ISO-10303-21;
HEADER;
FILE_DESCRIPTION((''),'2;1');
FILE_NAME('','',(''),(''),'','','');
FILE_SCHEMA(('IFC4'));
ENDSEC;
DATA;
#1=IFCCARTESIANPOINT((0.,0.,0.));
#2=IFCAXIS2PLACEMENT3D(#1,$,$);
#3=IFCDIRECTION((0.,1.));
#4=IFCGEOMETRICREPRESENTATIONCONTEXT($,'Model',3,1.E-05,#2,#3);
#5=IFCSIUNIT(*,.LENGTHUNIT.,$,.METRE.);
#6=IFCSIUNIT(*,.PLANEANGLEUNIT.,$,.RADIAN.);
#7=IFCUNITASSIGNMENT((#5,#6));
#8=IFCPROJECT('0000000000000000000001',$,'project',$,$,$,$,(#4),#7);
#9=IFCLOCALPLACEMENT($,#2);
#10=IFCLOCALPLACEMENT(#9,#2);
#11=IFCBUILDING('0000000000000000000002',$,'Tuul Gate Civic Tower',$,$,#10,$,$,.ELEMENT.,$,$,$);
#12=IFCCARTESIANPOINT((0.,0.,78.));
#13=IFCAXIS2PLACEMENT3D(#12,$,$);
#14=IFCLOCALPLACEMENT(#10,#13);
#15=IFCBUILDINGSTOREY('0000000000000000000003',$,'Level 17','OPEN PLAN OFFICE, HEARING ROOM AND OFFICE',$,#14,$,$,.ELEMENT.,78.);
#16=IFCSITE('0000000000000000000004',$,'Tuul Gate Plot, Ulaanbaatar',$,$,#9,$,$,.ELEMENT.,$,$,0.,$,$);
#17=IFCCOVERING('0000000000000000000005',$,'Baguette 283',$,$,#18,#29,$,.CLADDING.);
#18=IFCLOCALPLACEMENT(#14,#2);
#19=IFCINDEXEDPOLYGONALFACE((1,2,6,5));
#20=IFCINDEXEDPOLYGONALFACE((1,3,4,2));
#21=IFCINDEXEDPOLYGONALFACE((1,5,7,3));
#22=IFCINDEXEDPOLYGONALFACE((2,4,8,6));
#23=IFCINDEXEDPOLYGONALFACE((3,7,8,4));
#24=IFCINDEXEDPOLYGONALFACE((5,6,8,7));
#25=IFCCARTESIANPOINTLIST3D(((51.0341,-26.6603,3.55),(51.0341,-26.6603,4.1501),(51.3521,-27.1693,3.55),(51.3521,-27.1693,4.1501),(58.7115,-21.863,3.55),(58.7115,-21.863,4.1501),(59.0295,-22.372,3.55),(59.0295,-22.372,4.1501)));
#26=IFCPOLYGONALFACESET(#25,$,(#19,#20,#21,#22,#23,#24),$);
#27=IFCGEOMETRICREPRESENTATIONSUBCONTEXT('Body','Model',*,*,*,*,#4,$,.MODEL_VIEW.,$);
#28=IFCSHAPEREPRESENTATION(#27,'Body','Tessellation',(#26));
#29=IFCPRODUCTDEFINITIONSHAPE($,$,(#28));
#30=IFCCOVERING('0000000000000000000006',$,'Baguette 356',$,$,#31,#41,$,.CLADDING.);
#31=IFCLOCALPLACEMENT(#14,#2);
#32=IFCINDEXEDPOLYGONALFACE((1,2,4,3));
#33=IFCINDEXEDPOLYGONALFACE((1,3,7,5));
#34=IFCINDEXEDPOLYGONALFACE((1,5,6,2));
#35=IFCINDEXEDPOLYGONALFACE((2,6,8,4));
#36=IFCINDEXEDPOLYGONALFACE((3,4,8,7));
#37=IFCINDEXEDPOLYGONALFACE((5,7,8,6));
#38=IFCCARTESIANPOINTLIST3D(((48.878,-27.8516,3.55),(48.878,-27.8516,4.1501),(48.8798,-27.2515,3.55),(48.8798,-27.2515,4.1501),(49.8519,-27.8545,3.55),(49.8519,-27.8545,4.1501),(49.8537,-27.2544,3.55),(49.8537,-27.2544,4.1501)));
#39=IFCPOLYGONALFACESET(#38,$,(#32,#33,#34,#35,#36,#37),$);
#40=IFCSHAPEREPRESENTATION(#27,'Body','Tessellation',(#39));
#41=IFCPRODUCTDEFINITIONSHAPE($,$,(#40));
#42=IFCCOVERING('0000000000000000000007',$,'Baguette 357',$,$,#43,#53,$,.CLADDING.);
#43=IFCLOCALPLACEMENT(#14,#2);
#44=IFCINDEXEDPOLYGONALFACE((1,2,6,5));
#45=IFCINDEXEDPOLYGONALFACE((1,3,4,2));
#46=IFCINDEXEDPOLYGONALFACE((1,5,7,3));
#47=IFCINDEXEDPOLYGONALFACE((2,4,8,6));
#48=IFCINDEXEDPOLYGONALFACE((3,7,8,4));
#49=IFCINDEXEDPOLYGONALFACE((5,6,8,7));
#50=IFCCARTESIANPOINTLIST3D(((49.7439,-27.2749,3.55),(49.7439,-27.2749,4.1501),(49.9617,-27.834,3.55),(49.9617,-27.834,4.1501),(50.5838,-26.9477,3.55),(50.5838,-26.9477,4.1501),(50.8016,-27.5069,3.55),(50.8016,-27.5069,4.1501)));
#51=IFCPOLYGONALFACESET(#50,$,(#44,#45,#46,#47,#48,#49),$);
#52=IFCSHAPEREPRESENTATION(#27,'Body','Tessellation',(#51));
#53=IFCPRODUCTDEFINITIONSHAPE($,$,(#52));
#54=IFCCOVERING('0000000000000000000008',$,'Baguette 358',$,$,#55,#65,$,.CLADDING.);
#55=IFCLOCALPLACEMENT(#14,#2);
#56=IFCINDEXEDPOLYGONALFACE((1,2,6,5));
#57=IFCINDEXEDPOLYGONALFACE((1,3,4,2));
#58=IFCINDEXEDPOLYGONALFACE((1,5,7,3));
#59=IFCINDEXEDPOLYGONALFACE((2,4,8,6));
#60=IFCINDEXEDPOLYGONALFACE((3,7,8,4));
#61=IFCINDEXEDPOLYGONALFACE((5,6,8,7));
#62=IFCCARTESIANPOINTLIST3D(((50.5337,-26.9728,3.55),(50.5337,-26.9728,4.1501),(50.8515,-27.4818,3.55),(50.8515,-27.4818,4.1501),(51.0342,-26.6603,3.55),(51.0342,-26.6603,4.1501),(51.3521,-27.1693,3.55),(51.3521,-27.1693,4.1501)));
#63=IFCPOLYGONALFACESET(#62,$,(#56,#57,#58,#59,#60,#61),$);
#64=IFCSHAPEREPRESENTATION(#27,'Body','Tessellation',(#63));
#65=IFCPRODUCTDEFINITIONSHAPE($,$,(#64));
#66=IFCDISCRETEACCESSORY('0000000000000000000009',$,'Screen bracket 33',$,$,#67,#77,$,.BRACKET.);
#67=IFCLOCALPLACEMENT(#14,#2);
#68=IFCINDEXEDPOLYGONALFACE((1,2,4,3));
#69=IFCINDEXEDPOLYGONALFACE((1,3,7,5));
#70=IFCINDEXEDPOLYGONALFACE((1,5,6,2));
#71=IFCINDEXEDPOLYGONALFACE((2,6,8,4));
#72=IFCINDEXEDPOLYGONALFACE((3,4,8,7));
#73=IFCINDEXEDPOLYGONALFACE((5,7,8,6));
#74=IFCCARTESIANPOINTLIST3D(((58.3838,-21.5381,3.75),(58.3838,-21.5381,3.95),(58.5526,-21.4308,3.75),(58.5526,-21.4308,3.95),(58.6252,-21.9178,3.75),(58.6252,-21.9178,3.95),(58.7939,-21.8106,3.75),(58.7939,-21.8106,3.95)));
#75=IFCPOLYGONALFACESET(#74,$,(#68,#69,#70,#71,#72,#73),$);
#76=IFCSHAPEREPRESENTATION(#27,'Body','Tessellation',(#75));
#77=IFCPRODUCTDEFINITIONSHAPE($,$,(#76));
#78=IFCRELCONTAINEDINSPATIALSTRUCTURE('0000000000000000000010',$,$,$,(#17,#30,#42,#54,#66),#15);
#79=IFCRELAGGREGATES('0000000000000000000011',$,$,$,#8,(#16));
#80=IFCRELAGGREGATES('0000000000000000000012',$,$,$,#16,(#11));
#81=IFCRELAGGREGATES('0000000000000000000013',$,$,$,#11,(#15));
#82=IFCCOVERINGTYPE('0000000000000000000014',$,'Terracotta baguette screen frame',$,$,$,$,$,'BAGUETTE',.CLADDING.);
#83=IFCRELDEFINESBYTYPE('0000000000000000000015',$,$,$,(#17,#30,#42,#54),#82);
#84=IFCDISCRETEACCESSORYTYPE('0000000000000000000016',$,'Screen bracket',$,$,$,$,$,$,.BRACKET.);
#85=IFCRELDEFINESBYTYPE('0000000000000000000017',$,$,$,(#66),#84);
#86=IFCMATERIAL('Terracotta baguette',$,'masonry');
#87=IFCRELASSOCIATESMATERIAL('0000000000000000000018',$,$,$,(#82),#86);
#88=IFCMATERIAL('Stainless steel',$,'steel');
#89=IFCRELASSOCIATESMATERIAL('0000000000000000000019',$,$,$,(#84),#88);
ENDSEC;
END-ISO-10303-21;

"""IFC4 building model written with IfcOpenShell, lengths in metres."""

from ifc_helpers import new_model, si_unit, direction, frame, origin, origin_2d, place, context, subcontext, project, spatial, rectangle, extrude, material, material_profile, profile_set, type_object, element, save


model = new_model("IFC4")

# Units and contexts
model_context = context("Model", 3, precision=1e-05, world=origin(), true_north=direction((0.0, 1.0)))
body_context = subcontext(model_context, "Body", "Model", "MODEL_VIEW")
ifc_project = project(units=[si_unit("LENGTHUNIT", "METRE"), si_unit("PLANEANGLEUNIT", "RADIAN")], contexts=[model_context])

# Site, building, storey
site_placement = place(None, origin())
site = spatial("IfcSite", under=ifc_project, at=site_placement, Name="Tuul Gate Plot, Ulaanbaatar", CompositionType="ELEMENT", RefElevation=0.0)
building_placement = place(site_placement, origin())
building = spatial("IfcBuilding", under=site, at=building_placement, Name="Tuul Gate Civic Tower", CompositionType="ELEMENT")
storey_placement = place(building_placement, frame((0.0, 0.0, 78.0)))
storey = spatial("IfcBuildingStorey", under=building, at=storey_placement, Name="Level 17", Description="OPEN PLAN OFFICE, HEARING ROOM AND OFFICE", CompositionType="ELEMENT", Elevation=78.0)

# Coverings
ifc_material_1 = material(Name="Terracotta baguette", Category="masonry")
ifc_material_profile_1 = material_profile(ifc_material_1, rectangle(XDim=0.6001, YDim=0.6001, at=origin_2d()), Name="Terracotta baguette screen frame")
ifc_profile_set_1 = profile_set([ifc_material_profile_1], Name="Terracotta baguette")
covering_type = type_object("IfcCoveringType", Name="Terracotta baguette screen frame", ElementType="BAGUETTE", PredefinedType="CLADDING", material=ifc_profile_set_1)
covering_1_placement = place(storey_placement, frame((51.1931, -26.9148, 3.8501), z_axis=(0.848051, 0.529914, 0.0), x_axis=(-0.529914, 0.848051, 0.0)))
element("IfcCovering", 1, at=covering_1_placement, inside=storey, type_object=covering_type, Name="Baguette 283", PredefinedType="CLADDING", context=body_context, shape_type="SweptSolid", body=[
    extrude(rectangle(XDim=0.6001, YDim=0.6001, at=origin_2d()), origin(), (0.0, 0.0, 1.0), 9.053),
])
covering_2_placement = place(storey_placement, frame((48.8789, -27.5515, 3.8501), z_axis=(0.999995, -0.003008, 0.0), x_axis=(0.003008, 0.999995, 0.0)))
element("IfcCovering", 2, at=covering_2_placement, inside=storey, type_object=covering_type, Name="Baguette 356", PredefinedType="CLADDING", context=body_context, shape_type="SweptSolid", body=[
    extrude(rectangle(XDim=0.6001, YDim=0.6001, at=origin_2d()), origin(), (0.0, 0.0, 1.0), 0.9739),
])
covering_3_placement = place(storey_placement, frame((49.8528, -27.5544, 3.8501), z_axis=(0.931801, 0.362969, 0.0), x_axis=(-0.362969, 0.931801, 0.0)))
element("IfcCovering", 3, at=covering_3_placement, inside=storey, type_object=covering_type, Name="Baguette 357", PredefinedType="CLADDING", context=body_context, shape_type="SweptSolid", body=[
    extrude(rectangle(XDim=0.6001, YDim=0.6001, at=origin_2d()), origin(), (0.0, 0.0, 1.0), 0.9014),
])
covering_4_placement = place(storey_placement, frame((50.6926, -27.2273, 3.8501), z_axis=(0.848231, 0.529627, 0.0), x_axis=(-0.529627, 0.848231, 0.0)))
element("IfcCovering", 4, at=covering_4_placement, inside=storey, type_object=covering_type, Name="Baguette 358", PredefinedType="CLADDING", context=body_context, shape_type="SweptSolid", body=[
    extrude(rectangle(XDim=0.6001, YDim=0.6001, at=origin_2d()), origin(), (0.0, 0.0, 1.0), 0.5901),
])

# Discrete accessory
ifc_material_2 = material(Name="Stainless steel", Category="steel")
discrete_accessory_type = type_object("IfcDiscreteAccessoryType", Name="Screen bracket", PredefinedType="BRACKET", material=ifc_material_2)
discrete_accessory_placement = place(storey_placement, frame((58.5889, -21.6743, 3.75), z_axis=(0.0, 0.0, 1.0), x_axis=(0.536425, -0.843948, 0.0)))
element("IfcDiscreteAccessory", 5, at=discrete_accessory_placement, inside=storey, type_object=discrete_accessory_type, Name="Screen bracket 33", PredefinedType="BRACKET", context=body_context, shape_type="SweptSolid", body=[
    extrude(rectangle(XDim=0.45, YDim=0.2, at=origin_2d()), origin(), (0.0, 0.0, 1.0), 0.2),
])

save(model, "model.ifc")
